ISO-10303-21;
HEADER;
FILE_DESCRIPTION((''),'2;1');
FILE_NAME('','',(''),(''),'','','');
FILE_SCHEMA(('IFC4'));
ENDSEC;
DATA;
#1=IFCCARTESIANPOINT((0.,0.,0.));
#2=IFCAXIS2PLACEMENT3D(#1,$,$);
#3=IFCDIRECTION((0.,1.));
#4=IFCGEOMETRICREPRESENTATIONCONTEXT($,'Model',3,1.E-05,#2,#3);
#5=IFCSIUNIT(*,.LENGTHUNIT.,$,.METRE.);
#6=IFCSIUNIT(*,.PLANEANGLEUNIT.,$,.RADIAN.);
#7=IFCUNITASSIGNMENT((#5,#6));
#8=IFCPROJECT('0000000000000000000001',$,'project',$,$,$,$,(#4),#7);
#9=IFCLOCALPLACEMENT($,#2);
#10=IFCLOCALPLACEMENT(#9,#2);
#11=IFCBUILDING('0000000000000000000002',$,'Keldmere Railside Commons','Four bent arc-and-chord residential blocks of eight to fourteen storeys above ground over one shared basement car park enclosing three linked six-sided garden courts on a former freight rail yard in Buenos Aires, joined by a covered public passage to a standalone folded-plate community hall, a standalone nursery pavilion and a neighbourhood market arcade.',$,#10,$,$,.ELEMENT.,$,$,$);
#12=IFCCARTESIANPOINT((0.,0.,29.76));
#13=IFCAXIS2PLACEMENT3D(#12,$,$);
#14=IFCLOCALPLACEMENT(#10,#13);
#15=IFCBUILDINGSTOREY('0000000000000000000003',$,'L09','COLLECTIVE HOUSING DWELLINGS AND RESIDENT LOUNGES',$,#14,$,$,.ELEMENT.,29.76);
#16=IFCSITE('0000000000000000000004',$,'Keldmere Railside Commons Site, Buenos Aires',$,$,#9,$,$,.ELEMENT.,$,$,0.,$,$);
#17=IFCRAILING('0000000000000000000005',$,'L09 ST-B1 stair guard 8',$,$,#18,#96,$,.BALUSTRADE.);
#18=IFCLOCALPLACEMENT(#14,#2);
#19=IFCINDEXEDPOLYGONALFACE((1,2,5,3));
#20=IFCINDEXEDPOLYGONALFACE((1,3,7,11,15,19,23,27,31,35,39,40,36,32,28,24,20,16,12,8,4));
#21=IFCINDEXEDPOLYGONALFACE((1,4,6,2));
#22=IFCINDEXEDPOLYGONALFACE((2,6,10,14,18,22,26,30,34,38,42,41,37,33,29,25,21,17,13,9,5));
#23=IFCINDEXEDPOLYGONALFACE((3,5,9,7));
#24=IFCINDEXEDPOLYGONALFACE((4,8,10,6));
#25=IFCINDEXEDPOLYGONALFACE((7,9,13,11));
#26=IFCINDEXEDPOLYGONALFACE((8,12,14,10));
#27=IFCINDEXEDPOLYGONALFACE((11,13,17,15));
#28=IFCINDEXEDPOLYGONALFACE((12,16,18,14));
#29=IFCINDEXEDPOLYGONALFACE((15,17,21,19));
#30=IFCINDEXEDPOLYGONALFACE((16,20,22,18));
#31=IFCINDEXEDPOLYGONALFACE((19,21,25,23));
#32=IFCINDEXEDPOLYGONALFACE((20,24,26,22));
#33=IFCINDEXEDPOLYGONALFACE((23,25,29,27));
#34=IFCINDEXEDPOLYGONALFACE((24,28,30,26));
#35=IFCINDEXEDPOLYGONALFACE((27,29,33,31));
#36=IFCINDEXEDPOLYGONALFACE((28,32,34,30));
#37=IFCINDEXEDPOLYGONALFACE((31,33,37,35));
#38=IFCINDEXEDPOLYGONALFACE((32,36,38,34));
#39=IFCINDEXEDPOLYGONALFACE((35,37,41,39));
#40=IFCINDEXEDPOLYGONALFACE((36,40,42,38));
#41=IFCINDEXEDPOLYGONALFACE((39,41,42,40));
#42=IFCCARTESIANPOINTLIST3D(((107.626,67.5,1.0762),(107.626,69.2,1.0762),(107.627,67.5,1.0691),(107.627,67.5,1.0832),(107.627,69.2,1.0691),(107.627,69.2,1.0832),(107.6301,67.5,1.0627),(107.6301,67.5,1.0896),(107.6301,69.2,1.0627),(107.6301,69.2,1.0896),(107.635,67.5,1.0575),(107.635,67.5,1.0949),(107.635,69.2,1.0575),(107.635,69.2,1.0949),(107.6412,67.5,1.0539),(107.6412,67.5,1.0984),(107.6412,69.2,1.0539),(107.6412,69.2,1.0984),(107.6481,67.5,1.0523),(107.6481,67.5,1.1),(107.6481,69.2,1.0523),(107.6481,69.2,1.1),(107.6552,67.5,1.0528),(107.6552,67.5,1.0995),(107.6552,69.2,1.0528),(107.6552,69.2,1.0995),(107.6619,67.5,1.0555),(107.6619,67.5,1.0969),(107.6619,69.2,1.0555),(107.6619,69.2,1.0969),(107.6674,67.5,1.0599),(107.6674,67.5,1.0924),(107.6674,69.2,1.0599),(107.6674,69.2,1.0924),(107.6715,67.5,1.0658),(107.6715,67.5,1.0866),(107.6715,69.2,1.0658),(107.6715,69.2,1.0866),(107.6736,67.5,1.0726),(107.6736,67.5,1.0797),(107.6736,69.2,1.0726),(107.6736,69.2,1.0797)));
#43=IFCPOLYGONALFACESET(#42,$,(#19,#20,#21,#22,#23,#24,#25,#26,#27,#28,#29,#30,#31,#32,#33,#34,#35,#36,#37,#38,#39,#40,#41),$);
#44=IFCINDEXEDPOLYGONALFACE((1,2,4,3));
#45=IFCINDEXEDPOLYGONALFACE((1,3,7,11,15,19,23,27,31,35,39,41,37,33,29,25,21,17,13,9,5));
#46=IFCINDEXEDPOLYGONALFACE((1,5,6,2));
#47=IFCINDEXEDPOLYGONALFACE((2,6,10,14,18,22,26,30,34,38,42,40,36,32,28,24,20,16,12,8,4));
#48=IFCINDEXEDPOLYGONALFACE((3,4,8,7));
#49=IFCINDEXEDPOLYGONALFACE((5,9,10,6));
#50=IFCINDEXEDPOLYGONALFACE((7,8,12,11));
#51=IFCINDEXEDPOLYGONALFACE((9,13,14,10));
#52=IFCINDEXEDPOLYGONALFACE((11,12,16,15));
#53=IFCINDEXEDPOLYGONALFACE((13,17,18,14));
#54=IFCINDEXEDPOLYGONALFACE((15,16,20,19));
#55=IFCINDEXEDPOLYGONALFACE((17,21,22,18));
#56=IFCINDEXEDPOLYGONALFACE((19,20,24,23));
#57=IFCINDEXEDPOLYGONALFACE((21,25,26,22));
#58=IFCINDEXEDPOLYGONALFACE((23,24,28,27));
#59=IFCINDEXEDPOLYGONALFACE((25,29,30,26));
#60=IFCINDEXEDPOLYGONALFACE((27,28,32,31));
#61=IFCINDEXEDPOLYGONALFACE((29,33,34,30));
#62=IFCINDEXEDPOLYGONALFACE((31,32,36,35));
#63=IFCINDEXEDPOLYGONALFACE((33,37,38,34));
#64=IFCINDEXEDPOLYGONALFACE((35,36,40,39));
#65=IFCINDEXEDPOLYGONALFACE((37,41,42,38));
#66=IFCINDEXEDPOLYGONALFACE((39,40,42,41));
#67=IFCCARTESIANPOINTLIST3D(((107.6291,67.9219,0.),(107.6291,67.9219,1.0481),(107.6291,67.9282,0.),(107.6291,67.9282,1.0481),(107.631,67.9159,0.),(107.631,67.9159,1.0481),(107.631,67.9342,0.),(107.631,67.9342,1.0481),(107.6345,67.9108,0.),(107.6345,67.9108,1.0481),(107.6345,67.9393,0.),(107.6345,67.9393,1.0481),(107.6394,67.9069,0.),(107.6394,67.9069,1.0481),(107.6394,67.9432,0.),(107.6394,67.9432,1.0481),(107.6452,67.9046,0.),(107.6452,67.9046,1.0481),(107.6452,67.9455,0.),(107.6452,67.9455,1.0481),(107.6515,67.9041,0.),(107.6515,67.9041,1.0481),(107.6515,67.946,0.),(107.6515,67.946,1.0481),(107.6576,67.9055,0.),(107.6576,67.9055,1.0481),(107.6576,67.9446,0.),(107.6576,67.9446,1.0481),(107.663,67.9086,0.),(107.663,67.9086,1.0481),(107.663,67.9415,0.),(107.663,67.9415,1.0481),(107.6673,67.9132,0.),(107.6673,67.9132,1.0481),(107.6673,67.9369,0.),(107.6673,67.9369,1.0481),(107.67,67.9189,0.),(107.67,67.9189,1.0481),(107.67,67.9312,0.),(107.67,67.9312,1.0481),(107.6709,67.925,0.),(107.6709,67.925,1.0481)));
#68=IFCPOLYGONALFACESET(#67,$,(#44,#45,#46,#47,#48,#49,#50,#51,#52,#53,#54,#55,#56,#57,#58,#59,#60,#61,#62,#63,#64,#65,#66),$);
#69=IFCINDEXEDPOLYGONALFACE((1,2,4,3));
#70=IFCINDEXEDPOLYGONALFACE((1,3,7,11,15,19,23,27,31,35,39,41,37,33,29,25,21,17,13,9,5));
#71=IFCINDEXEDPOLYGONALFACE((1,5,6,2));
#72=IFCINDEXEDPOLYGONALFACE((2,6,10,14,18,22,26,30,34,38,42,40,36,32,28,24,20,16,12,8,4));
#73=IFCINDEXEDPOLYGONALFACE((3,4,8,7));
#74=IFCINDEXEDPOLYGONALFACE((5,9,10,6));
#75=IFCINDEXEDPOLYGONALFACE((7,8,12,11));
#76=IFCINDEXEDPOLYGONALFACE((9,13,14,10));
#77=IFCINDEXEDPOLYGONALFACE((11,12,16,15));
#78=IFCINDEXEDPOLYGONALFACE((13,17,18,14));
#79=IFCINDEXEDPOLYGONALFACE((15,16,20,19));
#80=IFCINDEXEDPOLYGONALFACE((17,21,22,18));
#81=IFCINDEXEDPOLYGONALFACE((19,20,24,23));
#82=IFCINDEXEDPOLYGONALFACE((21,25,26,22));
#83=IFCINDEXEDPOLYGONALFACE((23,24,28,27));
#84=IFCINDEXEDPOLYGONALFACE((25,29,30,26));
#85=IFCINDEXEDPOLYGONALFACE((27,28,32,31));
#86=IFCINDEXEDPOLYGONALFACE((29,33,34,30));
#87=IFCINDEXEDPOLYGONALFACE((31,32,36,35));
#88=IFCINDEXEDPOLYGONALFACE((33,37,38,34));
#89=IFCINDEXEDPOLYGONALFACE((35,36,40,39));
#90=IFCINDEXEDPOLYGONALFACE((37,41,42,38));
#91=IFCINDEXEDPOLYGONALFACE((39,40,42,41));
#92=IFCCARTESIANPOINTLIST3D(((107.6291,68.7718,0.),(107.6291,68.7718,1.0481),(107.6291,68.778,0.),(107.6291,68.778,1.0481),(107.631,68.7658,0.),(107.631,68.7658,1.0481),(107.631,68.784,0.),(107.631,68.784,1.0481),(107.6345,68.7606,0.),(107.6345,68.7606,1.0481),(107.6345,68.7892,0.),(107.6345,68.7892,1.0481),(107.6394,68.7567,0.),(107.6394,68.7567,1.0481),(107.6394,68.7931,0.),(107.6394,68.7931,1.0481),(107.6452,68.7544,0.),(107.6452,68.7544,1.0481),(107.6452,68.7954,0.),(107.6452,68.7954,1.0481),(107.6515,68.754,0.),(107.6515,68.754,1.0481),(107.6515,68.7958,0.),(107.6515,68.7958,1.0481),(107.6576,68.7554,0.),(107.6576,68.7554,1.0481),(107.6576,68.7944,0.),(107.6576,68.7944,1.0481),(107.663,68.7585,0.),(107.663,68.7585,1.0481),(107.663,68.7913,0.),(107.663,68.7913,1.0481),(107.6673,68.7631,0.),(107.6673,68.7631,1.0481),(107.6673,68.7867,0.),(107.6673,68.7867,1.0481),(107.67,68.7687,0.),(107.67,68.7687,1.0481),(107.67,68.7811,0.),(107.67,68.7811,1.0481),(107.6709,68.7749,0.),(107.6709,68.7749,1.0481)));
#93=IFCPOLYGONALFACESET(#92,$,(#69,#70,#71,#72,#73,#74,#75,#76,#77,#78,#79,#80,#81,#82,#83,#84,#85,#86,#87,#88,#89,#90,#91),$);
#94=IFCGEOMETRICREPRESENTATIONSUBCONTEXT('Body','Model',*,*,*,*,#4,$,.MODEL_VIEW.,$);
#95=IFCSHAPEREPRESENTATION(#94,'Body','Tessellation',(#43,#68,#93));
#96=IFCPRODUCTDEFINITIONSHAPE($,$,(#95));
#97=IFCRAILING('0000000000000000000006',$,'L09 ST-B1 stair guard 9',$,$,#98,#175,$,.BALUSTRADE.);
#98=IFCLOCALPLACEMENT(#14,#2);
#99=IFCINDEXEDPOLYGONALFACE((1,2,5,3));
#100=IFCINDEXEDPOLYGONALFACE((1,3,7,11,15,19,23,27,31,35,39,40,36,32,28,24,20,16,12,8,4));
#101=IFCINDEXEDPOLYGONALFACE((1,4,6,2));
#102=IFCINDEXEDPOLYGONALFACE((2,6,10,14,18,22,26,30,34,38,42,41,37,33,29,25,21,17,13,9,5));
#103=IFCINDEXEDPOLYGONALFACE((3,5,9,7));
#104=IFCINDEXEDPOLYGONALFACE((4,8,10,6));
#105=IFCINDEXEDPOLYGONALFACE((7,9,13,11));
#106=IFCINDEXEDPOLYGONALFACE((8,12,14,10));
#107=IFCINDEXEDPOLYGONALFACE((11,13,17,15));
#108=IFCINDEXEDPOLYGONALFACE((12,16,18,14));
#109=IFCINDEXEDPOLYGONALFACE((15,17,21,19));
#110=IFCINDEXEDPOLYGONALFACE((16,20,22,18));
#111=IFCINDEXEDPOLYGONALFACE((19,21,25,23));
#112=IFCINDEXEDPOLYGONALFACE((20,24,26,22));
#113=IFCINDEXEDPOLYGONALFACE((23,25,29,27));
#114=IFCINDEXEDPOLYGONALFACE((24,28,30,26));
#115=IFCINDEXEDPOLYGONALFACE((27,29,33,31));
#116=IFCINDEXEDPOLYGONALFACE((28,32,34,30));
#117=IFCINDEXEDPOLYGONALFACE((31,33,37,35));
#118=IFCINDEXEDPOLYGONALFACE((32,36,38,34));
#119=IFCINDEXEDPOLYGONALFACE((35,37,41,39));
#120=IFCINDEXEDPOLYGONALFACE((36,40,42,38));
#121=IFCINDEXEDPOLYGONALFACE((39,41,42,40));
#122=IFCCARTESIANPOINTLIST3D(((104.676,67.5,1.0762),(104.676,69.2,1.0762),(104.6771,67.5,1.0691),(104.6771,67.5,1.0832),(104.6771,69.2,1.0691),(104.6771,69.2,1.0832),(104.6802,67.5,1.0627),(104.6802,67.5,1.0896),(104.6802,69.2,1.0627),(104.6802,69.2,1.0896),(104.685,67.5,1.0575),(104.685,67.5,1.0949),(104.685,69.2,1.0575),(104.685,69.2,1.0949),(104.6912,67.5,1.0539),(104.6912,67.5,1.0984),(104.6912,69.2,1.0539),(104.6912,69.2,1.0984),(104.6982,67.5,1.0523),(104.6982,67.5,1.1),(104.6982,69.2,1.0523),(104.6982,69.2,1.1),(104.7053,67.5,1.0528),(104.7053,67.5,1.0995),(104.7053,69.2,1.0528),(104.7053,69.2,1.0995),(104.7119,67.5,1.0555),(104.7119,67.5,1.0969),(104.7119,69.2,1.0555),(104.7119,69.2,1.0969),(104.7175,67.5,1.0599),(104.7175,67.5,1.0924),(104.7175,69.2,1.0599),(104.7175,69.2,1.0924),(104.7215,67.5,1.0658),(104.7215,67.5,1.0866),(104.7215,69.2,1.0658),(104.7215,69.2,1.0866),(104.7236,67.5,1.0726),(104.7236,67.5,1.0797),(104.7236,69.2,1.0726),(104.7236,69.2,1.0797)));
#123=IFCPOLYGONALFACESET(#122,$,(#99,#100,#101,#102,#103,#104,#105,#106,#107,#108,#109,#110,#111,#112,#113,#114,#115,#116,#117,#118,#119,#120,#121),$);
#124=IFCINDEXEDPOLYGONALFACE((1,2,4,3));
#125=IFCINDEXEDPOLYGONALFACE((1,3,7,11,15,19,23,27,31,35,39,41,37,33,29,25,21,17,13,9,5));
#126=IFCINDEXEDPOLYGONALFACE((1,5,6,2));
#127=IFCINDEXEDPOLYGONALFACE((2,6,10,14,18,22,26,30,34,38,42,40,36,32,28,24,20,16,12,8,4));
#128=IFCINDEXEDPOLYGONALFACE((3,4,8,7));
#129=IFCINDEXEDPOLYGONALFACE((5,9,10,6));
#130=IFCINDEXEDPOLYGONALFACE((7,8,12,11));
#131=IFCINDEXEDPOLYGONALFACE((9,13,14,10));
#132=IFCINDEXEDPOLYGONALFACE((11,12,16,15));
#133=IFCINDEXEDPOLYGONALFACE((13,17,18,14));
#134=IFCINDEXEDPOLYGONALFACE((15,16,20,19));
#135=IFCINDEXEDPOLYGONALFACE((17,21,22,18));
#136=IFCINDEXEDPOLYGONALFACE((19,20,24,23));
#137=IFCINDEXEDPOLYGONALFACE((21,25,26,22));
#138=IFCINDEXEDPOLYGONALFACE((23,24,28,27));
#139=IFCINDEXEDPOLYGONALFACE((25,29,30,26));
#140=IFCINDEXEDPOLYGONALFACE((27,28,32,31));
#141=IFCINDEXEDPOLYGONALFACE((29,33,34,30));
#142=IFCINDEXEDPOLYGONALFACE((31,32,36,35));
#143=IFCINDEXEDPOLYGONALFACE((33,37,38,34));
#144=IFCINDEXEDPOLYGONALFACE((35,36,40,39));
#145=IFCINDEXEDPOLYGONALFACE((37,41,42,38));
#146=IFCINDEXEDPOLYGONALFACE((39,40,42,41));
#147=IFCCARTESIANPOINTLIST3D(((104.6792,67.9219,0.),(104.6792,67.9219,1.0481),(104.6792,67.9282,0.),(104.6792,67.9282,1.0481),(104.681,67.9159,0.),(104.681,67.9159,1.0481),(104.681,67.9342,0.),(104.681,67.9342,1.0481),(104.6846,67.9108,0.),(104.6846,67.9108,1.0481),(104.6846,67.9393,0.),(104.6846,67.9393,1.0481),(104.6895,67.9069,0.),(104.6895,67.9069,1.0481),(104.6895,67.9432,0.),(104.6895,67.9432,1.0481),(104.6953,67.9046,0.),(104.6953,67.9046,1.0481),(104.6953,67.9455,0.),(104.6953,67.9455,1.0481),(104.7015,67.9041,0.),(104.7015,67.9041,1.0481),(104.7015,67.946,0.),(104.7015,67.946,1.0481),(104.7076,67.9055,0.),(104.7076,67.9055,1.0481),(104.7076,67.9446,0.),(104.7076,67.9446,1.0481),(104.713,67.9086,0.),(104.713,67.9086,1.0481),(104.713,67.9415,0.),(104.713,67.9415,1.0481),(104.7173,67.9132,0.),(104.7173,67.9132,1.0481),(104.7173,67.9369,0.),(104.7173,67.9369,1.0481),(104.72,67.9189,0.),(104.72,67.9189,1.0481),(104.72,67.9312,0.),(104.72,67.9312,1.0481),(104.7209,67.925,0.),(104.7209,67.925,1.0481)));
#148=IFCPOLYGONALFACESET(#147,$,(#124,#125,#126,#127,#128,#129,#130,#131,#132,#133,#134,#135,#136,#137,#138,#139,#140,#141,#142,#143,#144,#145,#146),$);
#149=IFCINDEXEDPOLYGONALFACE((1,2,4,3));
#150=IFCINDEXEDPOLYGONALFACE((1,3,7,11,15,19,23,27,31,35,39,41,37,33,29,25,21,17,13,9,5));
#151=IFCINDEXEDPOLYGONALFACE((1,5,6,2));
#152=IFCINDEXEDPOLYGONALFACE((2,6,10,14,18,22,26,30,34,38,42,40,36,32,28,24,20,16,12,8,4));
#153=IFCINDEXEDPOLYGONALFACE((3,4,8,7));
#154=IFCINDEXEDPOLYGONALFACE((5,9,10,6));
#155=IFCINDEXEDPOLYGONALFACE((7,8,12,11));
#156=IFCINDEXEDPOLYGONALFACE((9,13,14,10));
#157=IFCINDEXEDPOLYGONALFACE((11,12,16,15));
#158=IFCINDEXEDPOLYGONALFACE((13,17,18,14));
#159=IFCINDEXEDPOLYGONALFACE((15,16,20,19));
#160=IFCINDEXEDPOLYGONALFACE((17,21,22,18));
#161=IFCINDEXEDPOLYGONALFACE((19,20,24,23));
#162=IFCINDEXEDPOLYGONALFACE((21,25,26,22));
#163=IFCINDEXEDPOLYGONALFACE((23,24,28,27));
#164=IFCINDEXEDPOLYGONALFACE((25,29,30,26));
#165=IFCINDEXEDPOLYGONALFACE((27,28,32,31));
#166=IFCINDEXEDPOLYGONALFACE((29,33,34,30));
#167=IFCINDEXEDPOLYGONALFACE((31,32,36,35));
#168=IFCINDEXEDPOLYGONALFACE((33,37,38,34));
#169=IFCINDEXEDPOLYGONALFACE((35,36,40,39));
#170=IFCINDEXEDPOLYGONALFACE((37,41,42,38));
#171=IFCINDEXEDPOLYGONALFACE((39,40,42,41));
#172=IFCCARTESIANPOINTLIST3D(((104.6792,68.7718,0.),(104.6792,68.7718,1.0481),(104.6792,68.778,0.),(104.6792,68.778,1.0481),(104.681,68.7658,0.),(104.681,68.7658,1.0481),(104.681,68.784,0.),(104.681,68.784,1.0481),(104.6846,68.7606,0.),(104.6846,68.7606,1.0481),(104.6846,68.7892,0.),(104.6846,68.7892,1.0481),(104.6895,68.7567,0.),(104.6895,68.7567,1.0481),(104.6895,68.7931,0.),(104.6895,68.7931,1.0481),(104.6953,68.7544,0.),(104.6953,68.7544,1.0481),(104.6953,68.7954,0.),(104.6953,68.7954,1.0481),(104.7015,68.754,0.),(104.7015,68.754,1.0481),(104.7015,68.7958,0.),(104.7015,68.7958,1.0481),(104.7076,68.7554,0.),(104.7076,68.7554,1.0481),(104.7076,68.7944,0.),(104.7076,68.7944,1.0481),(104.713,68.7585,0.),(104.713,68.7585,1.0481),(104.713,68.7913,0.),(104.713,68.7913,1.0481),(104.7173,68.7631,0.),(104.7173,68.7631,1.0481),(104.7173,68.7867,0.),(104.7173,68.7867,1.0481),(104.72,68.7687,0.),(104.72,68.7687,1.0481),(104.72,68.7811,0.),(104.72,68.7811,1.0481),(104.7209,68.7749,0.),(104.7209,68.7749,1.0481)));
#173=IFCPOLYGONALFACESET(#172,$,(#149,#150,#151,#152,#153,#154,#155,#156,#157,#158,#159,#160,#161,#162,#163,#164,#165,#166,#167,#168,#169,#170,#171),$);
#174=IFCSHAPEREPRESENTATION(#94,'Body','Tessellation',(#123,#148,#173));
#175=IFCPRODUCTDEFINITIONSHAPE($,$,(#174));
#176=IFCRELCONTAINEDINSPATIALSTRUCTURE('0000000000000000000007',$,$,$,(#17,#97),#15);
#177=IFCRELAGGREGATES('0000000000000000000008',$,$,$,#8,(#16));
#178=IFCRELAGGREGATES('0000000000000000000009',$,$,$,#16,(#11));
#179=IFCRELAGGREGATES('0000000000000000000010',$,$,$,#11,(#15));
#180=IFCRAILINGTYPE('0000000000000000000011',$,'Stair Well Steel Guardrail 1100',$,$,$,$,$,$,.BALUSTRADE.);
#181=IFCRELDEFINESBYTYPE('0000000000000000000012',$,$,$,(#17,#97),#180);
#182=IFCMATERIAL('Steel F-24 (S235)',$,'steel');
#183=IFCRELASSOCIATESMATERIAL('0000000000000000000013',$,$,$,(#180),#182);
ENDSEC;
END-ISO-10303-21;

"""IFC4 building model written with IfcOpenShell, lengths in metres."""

from ifc_helpers import new_model, si_unit, direction, frame, origin, origin_2d, place, context, subcontext, project, spatial, circle, extrude, material, type_object, element, save


model = new_model("IFC4")

# Units and contexts
model_context = context("Model", 3, precision=1e-05, world=origin(), true_north=direction((0.0, 1.0)))
body_context = subcontext(model_context, "Body", "Model", "MODEL_VIEW")
ifc_project = project(units=[si_unit("LENGTHUNIT", "METRE"), si_unit("PLANEANGLEUNIT", "RADIAN")], contexts=[model_context])

# Site, building, storey
site_placement = place(None, origin())
site = spatial("IfcSite", under=ifc_project, at=site_placement, Name="Keldmere Railside Commons Site, Buenos Aires", CompositionType="ELEMENT", RefElevation=0.0)
building_placement = place(site_placement, origin())
building = spatial("IfcBuilding", under=site, at=building_placement, Name="Keldmere Railside Commons", Description="Four bent arc-and-chord residential blocks of eight to fourteen storeys above ground over one shared basement car park enclosing three linked six-sided garden courts on a former freight rail yard in Buenos Aires, joined by a covered public passage to a standalone folded-plate community hall, a standalone nursery pavilion and a neighbourhood market arcade.", CompositionType="ELEMENT")
storey_placement = place(building_placement, frame((0.0, 0.0, 29.76)))
storey = spatial("IfcBuildingStorey", under=building, at=storey_placement, Name="L09", Description="COLLECTIVE HOUSING DWELLINGS AND RESIDENT LOUNGES", CompositionType="ELEMENT", Elevation=29.76)

# Railings
ifc_material_1 = material(Name="Steel F-24 (S235)", Category="steel")
railing_type_1 = type_object("IfcRailingType", Name="Stair Well Steel Guardrail 1100", PredefinedType="BALUSTRADE", material=ifc_material_1)
for number, where, name in (
    (1, (107.6499, 67.5, 0.0), "L09 ST-B1 stair guard 8"),
    (2, (104.7, 67.5, 0.0), "L09 ST-B1 stair guard 9"),
):
    element("IfcRailing", number, at=place(storey_placement, frame(where)), inside=storey, type_object=railing_type_1, Name=name, PredefinedType="BALUSTRADE", context=body_context, shape_type="SweptSolid", body=[
        extrude(circle(Radius=0.0239, at=origin_2d()), frame((0.0, 0.0, 1.0762), z_axis=(0.0, 1.0, 0.0), x_axis=(-1.0, 0.0, 0.0)), (0.0, 0.0, 1.0), 1.7),
        extrude(circle(Radius=0.021, at=origin_2d()), frame((0.0, 0.425, 0.0)), (0.0, 0.0, 1.0), 1.0481),
        extrude(circle(Radius=0.021, at=origin_2d()), frame((0.0, 1.2749, 0.0)), (0.0, 0.0, 1.0), 1.0481),
    ])

save(model, "model.ifc")
